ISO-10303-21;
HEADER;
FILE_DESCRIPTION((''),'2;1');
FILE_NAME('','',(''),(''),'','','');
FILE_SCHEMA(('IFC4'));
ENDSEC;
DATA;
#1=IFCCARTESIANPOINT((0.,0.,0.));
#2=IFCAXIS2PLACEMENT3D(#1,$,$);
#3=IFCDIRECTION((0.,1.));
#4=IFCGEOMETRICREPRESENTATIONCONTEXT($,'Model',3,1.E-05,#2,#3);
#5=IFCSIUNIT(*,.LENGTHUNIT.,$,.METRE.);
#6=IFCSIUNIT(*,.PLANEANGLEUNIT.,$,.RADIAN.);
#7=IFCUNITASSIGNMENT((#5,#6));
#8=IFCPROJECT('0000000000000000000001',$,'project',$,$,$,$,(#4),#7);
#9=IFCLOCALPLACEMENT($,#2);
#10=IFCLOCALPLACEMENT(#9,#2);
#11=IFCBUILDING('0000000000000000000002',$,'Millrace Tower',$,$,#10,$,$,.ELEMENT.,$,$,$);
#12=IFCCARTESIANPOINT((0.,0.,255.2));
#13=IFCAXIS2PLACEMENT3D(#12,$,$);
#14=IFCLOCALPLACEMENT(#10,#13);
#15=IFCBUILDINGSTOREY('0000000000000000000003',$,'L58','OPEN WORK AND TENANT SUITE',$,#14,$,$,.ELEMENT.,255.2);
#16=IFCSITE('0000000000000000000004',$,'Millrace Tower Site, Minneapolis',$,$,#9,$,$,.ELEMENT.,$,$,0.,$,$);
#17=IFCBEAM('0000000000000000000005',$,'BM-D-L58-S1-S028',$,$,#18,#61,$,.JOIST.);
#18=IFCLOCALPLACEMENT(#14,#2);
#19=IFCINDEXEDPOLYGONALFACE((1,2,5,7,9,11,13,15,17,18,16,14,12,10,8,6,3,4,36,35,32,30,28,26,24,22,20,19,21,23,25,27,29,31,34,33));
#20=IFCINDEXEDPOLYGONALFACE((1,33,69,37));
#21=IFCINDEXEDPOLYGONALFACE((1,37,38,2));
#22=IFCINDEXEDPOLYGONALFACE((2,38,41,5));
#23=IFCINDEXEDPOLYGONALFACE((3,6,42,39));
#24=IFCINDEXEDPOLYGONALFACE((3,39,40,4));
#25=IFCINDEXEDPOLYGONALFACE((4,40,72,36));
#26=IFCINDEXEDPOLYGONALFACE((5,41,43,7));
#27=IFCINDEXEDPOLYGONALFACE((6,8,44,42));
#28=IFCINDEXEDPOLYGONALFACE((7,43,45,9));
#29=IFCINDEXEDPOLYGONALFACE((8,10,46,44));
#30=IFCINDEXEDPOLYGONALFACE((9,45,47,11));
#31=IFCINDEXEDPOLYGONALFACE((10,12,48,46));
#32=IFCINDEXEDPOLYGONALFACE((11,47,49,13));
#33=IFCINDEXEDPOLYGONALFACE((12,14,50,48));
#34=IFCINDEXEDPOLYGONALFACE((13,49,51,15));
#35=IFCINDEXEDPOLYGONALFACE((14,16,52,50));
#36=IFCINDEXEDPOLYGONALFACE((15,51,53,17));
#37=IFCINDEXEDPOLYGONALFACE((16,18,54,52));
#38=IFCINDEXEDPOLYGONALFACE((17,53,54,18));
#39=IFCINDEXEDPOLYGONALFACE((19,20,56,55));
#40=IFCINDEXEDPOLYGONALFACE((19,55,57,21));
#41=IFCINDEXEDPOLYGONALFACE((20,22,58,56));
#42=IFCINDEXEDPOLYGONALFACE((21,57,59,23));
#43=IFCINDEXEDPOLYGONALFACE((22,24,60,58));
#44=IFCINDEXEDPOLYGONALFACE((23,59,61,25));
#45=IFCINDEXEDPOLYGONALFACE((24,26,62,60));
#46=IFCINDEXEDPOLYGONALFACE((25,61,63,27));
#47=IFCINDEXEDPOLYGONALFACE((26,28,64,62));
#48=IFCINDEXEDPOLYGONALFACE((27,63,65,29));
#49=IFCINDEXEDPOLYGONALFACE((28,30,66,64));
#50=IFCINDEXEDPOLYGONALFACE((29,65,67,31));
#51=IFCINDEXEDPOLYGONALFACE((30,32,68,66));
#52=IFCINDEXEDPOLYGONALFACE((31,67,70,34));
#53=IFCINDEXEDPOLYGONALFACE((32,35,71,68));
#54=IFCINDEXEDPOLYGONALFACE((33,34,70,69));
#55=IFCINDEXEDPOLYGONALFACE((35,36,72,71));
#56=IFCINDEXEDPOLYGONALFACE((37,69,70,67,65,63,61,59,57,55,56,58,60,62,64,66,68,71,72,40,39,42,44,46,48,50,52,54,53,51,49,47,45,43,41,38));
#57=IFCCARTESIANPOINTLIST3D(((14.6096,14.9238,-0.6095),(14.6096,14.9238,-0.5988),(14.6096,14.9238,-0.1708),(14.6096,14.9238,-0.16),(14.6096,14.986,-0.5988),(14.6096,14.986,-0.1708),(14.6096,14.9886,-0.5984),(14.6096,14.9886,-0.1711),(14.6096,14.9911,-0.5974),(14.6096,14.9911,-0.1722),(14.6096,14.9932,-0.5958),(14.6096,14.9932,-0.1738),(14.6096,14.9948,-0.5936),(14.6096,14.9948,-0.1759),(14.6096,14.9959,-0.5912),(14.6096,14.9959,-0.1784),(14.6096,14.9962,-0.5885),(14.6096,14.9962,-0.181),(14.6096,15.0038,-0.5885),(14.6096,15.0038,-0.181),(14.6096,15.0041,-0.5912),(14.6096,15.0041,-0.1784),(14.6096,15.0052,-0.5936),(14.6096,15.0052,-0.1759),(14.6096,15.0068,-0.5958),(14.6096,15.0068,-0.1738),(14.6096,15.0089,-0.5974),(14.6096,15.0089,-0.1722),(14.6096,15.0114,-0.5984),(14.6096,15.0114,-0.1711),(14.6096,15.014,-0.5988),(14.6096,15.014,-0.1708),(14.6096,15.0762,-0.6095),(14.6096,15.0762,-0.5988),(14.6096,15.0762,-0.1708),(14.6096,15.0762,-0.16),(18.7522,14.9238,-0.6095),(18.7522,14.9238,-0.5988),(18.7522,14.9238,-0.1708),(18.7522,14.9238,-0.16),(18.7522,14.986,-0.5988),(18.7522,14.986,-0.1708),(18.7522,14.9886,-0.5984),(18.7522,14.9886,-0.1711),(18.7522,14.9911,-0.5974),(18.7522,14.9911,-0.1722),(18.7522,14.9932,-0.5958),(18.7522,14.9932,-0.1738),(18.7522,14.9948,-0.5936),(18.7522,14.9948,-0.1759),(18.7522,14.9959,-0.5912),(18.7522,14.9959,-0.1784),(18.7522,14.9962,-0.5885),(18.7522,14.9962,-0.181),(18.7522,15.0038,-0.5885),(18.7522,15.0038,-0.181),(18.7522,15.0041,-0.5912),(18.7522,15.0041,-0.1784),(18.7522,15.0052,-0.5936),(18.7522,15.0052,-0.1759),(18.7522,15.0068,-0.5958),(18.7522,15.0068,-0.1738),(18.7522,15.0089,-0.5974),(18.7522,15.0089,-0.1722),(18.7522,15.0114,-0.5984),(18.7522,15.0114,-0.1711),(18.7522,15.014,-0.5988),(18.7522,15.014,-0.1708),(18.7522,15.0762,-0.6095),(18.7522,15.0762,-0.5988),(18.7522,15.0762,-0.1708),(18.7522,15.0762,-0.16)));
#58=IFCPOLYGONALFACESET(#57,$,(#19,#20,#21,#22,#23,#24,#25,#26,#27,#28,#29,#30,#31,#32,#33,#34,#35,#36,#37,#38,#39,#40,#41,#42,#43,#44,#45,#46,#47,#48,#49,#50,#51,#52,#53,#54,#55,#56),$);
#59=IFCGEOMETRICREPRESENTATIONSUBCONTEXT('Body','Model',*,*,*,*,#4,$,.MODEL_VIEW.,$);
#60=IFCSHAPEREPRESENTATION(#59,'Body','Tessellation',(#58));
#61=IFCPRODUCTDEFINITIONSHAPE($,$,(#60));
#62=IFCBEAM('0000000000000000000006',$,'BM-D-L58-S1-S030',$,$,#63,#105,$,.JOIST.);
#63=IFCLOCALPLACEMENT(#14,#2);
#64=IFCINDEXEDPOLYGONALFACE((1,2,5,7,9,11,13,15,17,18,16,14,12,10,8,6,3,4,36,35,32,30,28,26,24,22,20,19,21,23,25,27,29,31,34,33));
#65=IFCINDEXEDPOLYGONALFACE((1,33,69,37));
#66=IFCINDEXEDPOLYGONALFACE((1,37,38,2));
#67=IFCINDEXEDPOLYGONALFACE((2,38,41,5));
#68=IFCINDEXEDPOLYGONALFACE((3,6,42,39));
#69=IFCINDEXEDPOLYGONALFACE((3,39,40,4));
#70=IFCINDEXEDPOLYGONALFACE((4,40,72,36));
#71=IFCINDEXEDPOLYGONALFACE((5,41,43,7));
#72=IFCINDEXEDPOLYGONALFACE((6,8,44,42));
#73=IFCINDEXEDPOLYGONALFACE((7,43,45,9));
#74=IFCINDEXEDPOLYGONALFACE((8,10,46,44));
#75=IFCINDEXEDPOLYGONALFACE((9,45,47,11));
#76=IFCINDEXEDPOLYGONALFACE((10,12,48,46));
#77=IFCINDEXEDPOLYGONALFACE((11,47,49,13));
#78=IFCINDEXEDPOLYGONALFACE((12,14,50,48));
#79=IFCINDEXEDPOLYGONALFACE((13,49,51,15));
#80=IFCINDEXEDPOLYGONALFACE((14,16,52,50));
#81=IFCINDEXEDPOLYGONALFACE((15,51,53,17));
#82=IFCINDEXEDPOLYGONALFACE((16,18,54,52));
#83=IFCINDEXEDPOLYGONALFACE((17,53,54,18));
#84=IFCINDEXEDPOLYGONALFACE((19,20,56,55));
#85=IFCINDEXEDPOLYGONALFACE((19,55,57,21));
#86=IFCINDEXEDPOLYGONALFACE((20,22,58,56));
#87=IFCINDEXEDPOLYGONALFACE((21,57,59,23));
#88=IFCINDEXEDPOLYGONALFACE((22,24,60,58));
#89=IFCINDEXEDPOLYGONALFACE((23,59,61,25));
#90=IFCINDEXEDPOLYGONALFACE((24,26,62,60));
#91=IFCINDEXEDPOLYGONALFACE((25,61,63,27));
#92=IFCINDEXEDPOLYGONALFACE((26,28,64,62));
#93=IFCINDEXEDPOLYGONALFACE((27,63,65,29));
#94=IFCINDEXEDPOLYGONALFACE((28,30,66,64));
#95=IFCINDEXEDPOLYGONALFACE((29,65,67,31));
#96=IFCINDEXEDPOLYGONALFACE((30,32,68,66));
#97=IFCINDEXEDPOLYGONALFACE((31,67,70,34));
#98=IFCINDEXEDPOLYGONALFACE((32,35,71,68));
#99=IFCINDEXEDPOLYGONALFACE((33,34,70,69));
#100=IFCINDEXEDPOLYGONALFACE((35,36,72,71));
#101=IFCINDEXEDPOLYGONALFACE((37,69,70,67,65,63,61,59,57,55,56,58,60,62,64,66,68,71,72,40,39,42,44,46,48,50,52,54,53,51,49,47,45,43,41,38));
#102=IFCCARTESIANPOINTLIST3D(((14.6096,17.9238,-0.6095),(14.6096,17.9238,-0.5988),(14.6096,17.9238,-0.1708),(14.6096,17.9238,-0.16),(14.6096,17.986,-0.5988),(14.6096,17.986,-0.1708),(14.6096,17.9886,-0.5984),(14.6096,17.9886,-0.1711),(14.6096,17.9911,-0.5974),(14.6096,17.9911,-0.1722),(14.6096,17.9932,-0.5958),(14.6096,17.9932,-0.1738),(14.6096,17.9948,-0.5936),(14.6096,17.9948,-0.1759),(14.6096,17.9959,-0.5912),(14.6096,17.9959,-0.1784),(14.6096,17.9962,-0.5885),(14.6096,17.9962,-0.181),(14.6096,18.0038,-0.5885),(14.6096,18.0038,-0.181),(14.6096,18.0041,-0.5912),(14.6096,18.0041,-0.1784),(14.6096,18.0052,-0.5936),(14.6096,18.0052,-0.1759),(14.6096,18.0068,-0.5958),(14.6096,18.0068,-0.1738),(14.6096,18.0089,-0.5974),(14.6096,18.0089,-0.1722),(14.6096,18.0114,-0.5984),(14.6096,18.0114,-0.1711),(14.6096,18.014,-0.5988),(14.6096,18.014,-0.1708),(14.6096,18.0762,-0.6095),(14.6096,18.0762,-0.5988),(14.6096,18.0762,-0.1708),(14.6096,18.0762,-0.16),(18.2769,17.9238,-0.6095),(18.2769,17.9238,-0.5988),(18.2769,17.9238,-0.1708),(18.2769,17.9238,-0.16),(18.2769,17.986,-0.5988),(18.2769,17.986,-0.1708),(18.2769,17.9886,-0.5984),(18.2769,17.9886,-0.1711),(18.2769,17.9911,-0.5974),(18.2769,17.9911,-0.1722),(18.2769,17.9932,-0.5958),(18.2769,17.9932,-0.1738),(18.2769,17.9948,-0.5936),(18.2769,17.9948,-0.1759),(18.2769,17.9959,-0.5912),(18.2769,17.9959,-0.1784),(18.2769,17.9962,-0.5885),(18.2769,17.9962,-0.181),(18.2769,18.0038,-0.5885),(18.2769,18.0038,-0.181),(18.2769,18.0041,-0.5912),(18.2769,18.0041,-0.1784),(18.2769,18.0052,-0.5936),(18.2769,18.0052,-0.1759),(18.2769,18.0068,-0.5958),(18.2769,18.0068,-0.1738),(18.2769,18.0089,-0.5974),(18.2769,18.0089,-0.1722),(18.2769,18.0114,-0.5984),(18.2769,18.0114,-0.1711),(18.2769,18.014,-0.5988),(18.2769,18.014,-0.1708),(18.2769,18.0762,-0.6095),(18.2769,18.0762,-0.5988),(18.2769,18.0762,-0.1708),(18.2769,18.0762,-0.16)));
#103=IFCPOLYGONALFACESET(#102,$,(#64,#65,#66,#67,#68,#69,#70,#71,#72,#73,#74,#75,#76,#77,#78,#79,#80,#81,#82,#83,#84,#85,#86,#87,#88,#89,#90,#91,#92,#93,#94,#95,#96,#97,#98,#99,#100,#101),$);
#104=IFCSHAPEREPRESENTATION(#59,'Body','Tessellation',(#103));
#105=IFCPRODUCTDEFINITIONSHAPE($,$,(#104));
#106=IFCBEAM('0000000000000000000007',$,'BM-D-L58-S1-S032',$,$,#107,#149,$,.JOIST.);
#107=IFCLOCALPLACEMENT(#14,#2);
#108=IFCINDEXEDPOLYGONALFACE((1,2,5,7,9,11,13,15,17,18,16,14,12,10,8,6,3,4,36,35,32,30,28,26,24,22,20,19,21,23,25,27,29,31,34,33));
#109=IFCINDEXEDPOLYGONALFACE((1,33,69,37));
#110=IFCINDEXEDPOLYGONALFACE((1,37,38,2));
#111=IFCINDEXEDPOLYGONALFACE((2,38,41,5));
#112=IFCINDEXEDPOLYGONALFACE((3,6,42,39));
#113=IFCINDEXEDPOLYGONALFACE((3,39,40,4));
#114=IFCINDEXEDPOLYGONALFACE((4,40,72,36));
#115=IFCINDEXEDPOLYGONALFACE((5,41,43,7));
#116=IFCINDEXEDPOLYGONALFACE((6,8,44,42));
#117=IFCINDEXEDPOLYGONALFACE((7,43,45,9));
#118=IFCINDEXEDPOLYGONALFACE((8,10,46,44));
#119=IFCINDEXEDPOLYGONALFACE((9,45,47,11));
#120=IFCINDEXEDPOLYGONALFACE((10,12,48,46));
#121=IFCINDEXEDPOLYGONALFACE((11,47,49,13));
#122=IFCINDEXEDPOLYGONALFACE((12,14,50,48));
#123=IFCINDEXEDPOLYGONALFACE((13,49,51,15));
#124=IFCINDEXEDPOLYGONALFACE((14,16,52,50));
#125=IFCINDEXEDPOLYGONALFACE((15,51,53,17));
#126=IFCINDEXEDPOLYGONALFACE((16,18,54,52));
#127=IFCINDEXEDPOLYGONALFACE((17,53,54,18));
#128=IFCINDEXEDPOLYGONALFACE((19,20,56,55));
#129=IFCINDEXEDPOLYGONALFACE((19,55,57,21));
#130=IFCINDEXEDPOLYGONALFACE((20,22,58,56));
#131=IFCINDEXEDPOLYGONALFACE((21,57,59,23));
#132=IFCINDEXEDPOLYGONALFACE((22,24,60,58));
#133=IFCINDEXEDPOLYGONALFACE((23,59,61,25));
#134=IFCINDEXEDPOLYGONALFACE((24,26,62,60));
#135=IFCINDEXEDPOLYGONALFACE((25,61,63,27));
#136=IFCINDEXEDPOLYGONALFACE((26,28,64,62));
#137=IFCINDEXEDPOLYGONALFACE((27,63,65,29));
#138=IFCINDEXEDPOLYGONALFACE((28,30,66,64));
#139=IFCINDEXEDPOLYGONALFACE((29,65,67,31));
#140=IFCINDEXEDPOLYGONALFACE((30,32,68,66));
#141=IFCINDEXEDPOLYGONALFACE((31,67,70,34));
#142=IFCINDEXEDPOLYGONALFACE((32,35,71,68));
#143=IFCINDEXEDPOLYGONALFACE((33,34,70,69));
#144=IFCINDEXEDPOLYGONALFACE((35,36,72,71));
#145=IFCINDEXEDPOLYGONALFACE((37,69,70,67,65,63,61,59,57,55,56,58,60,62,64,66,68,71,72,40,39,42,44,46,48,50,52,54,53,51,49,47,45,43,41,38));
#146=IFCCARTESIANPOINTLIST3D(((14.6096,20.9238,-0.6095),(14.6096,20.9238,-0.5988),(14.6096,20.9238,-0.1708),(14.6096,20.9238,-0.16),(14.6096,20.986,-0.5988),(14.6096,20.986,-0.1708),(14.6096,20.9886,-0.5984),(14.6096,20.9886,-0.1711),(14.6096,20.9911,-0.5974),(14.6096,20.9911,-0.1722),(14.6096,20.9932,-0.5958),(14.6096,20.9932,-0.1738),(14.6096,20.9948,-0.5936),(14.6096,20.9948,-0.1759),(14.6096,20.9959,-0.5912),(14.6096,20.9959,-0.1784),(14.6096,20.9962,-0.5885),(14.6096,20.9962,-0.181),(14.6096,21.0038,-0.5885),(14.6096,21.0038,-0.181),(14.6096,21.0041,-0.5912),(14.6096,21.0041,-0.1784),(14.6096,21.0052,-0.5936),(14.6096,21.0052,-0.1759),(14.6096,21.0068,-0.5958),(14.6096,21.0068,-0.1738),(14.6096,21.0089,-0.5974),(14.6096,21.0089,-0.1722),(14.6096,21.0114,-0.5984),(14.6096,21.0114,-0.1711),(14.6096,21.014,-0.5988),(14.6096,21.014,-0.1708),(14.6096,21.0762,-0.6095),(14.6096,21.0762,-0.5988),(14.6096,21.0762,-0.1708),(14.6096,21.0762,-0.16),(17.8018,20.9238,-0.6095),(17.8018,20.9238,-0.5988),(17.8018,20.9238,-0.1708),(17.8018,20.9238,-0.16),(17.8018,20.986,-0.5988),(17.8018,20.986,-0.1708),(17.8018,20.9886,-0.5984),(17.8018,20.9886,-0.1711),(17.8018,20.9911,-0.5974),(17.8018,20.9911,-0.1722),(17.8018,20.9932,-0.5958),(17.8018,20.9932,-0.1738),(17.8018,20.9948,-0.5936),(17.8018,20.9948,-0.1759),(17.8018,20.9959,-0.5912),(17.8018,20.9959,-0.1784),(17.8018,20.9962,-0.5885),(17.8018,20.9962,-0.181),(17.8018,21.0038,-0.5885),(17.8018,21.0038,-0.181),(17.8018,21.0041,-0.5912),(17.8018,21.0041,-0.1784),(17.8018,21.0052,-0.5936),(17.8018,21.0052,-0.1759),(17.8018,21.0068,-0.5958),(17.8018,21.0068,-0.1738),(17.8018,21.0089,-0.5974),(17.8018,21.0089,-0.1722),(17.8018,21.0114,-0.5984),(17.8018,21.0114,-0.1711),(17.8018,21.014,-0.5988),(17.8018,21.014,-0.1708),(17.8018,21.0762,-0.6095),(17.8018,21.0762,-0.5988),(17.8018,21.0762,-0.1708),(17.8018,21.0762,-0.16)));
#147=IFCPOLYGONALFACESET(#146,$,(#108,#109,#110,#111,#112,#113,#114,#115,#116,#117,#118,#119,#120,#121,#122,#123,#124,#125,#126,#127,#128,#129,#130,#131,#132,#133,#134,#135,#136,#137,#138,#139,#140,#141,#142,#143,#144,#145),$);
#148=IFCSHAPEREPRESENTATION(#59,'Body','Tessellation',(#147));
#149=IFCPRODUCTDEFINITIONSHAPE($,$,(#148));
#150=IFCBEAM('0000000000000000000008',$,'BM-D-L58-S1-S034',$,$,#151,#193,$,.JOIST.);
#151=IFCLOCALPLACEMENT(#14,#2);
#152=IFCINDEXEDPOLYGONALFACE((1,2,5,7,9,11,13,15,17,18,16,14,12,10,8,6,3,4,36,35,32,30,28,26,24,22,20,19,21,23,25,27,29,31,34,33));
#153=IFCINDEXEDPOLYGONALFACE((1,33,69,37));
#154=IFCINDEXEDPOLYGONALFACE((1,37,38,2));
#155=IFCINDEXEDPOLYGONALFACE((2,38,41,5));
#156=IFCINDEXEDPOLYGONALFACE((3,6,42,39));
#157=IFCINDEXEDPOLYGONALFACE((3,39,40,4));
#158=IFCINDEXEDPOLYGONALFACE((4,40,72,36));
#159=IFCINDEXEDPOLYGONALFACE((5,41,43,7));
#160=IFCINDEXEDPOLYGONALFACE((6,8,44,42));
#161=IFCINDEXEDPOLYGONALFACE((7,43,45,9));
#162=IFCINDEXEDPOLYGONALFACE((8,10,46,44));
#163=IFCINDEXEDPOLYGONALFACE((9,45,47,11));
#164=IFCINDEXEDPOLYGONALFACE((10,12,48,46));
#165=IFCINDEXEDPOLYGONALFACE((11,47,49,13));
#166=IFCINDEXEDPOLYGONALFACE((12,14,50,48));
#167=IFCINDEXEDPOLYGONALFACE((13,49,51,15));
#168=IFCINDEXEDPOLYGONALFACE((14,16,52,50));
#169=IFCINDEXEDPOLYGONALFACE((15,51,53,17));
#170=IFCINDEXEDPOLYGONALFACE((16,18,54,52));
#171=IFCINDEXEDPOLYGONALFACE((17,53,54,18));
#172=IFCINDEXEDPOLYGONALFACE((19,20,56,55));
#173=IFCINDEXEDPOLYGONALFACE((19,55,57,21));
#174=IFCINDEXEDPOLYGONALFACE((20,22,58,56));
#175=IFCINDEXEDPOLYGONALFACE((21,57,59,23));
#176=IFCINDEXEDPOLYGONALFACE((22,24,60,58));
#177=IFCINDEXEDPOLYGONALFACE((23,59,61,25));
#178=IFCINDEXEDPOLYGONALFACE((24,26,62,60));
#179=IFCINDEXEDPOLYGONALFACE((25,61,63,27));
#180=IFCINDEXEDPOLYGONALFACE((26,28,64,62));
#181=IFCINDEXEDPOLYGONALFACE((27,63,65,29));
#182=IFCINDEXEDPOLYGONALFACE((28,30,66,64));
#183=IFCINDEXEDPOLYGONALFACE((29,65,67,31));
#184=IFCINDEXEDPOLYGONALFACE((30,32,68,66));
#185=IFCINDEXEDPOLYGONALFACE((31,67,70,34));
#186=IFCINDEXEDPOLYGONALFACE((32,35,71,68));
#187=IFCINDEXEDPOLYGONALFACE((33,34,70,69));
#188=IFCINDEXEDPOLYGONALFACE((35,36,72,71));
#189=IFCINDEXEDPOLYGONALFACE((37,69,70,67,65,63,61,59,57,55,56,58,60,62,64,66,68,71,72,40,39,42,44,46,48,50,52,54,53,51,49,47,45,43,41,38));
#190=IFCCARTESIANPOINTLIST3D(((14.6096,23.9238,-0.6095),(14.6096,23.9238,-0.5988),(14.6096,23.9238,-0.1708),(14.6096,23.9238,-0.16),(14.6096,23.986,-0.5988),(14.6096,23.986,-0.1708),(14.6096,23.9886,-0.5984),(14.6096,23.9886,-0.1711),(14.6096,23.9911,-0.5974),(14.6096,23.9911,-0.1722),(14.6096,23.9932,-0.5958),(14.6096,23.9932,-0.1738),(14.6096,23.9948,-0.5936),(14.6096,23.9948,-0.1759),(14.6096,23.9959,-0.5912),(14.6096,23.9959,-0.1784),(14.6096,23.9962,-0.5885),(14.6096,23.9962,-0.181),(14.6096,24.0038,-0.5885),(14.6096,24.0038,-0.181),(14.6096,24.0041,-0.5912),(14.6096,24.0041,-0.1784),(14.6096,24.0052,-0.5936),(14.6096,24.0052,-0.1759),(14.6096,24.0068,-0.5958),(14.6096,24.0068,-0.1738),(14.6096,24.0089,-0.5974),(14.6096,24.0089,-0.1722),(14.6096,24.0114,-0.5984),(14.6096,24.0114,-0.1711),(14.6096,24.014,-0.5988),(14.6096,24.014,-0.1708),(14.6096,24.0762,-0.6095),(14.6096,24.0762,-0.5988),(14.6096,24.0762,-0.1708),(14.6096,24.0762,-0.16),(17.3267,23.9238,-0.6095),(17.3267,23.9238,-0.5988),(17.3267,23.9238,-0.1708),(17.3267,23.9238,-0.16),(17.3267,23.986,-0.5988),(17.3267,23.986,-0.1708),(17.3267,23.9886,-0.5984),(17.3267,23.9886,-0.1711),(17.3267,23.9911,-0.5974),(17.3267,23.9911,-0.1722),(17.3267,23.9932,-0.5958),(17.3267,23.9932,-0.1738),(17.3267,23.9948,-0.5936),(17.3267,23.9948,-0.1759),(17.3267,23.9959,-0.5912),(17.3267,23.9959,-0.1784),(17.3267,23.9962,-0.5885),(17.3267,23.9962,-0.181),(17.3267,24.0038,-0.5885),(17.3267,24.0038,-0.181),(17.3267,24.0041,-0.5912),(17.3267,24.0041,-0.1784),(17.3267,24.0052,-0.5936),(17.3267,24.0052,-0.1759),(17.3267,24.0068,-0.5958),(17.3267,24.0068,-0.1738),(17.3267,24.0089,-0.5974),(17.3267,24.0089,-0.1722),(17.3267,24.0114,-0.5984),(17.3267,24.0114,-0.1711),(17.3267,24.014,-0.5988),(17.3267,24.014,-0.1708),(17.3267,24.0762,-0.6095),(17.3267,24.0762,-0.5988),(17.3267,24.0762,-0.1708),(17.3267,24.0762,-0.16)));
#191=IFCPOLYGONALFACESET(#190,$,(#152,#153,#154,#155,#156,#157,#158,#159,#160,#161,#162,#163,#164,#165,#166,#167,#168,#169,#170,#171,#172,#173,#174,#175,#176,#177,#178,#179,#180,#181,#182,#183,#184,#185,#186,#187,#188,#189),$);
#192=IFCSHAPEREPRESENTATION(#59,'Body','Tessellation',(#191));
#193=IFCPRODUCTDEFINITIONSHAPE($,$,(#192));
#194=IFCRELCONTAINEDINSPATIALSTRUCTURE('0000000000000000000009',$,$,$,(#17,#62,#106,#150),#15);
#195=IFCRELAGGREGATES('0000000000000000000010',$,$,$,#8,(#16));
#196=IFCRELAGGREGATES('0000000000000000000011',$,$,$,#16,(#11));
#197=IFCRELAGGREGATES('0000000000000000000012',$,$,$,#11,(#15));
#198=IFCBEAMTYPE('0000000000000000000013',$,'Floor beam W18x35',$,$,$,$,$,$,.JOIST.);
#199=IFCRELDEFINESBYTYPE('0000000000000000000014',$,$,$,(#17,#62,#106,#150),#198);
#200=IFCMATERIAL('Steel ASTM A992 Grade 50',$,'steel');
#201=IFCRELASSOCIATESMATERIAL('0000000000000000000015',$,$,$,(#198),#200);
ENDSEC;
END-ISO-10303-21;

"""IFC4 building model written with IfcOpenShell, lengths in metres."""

from ifc_helpers import new_model, si_unit, direction, frame, origin, origin_2d, place, context, subcontext, project, spatial, i_section, extrude, material, material_profile, profile_set, type_object, element, save


model = new_model("IFC4")

# Units and contexts
model_context = context("Model", 3, precision=1e-05, world=origin(), true_north=direction((0.0, 1.0)))
body_context = subcontext(model_context, "Body", "Model", "MODEL_VIEW")
ifc_project = project(units=[si_unit("LENGTHUNIT", "METRE"), si_unit("PLANEANGLEUNIT", "RADIAN")], contexts=[model_context])

# Site, building, storey
site_placement = place(None, origin())
site = spatial("IfcSite", under=ifc_project, at=site_placement, Name="Millrace Tower Site, Minneapolis", CompositionType="ELEMENT", RefElevation=0.0)
building_placement = place(site_placement, origin())
building = spatial("IfcBuilding", under=site, at=building_placement, Name="Millrace Tower", CompositionType="ELEMENT")
storey_placement = place(building_placement, frame((0.0, 0.0, 255.2)))
storey = spatial("IfcBuildingStorey", under=building, at=storey_placement, Name="L58", Description="OPEN WORK AND TENANT SUITE", CompositionType="ELEMENT", Elevation=255.2)

# Beams
ifc_material_1 = material(Name="Steel ASTM A992 Grade 50", Category="steel")
ifc_material_profile_1 = material_profile(ifc_material_1, i_section(OverallWidth=0.1523, OverallDepth=0.4495, WebThickness=0.0076, FlangeThickness=0.0107, FilletRadius=0.0103, at=origin_2d()))
ifc_profile_set_1 = profile_set([ifc_material_profile_1], Name="Steel ASTM A992 Grade 50")
beam_type_1 = type_object("IfcBeamType", Name="Floor beam W18x35", PredefinedType="JOIST", material=ifc_profile_set_1)
beam_1_placement = place(storey_placement, frame((14.6096, 15.0, -0.3848), z_axis=(1.0, 0.0, 0.0), x_axis=(0.0, 1.0, 0.0)))
element("IfcBeam", 1, at=beam_1_placement, inside=storey, type_object=beam_type_1, Name="BM-D-L58-S1-S028", PredefinedType="JOIST", context=body_context, shape_type="SweptSolid", body=[
    extrude(i_section(OverallWidth=0.1523, OverallDepth=0.4495, WebThickness=0.0076, FlangeThickness=0.0107, FilletRadius=0.0103, at=origin_2d()), origin(), (0.0, 0.0, 1.0), 4.1426),
])
beam_2_placement = place(storey_placement, frame((14.6096, 18.0, -0.3848), z_axis=(1.0, 0.0, 0.0), x_axis=(0.0, 1.0, 0.0)))
element("IfcBeam", 2, at=beam_2_placement, inside=storey, type_object=beam_type_1, Name="BM-D-L58-S1-S030", PredefinedType="JOIST", context=body_context, shape_type="SweptSolid", body=[
    extrude(i_section(OverallWidth=0.1523, OverallDepth=0.4495, WebThickness=0.0076, FlangeThickness=0.0107, FilletRadius=0.0103, at=origin_2d()), origin(), (0.0, 0.0, 1.0), 3.6672),
])
beam_3_placement = place(storey_placement, frame((14.6096, 21.0, -0.3848), z_axis=(1.0, 0.0, 0.0), x_axis=(0.0, 1.0, 0.0)))
element("IfcBeam", 3, at=beam_3_placement, inside=storey, type_object=beam_type_1, Name="BM-D-L58-S1-S032", PredefinedType="JOIST", context=body_context, shape_type="SweptSolid", body=[
    extrude(i_section(OverallWidth=0.1523, OverallDepth=0.4495, WebThickness=0.0076, FlangeThickness=0.0107, FilletRadius=0.0103, at=origin_2d()), origin(), (0.0, 0.0, 1.0), 3.1921),
])
beam_4_placement = place(storey_placement, frame((14.6096, 24.0, -0.3848), z_axis=(1.0, 0.0, 0.0), x_axis=(0.0, 1.0, 0.0)))
element("IfcBeam", 4, at=beam_4_placement, inside=storey, type_object=beam_type_1, Name="BM-D-L58-S1-S034", PredefinedType="JOIST", context=body_context, shape_type="SweptSolid", body=[
    extrude(i_section(OverallWidth=0.1523, OverallDepth=0.4495, WebThickness=0.0076, FlangeThickness=0.0107, FilletRadius=0.0103, at=origin_2d()), origin(), (0.0, 0.0, 1.0), 2.717),
])

save(model, "model.ifc")
